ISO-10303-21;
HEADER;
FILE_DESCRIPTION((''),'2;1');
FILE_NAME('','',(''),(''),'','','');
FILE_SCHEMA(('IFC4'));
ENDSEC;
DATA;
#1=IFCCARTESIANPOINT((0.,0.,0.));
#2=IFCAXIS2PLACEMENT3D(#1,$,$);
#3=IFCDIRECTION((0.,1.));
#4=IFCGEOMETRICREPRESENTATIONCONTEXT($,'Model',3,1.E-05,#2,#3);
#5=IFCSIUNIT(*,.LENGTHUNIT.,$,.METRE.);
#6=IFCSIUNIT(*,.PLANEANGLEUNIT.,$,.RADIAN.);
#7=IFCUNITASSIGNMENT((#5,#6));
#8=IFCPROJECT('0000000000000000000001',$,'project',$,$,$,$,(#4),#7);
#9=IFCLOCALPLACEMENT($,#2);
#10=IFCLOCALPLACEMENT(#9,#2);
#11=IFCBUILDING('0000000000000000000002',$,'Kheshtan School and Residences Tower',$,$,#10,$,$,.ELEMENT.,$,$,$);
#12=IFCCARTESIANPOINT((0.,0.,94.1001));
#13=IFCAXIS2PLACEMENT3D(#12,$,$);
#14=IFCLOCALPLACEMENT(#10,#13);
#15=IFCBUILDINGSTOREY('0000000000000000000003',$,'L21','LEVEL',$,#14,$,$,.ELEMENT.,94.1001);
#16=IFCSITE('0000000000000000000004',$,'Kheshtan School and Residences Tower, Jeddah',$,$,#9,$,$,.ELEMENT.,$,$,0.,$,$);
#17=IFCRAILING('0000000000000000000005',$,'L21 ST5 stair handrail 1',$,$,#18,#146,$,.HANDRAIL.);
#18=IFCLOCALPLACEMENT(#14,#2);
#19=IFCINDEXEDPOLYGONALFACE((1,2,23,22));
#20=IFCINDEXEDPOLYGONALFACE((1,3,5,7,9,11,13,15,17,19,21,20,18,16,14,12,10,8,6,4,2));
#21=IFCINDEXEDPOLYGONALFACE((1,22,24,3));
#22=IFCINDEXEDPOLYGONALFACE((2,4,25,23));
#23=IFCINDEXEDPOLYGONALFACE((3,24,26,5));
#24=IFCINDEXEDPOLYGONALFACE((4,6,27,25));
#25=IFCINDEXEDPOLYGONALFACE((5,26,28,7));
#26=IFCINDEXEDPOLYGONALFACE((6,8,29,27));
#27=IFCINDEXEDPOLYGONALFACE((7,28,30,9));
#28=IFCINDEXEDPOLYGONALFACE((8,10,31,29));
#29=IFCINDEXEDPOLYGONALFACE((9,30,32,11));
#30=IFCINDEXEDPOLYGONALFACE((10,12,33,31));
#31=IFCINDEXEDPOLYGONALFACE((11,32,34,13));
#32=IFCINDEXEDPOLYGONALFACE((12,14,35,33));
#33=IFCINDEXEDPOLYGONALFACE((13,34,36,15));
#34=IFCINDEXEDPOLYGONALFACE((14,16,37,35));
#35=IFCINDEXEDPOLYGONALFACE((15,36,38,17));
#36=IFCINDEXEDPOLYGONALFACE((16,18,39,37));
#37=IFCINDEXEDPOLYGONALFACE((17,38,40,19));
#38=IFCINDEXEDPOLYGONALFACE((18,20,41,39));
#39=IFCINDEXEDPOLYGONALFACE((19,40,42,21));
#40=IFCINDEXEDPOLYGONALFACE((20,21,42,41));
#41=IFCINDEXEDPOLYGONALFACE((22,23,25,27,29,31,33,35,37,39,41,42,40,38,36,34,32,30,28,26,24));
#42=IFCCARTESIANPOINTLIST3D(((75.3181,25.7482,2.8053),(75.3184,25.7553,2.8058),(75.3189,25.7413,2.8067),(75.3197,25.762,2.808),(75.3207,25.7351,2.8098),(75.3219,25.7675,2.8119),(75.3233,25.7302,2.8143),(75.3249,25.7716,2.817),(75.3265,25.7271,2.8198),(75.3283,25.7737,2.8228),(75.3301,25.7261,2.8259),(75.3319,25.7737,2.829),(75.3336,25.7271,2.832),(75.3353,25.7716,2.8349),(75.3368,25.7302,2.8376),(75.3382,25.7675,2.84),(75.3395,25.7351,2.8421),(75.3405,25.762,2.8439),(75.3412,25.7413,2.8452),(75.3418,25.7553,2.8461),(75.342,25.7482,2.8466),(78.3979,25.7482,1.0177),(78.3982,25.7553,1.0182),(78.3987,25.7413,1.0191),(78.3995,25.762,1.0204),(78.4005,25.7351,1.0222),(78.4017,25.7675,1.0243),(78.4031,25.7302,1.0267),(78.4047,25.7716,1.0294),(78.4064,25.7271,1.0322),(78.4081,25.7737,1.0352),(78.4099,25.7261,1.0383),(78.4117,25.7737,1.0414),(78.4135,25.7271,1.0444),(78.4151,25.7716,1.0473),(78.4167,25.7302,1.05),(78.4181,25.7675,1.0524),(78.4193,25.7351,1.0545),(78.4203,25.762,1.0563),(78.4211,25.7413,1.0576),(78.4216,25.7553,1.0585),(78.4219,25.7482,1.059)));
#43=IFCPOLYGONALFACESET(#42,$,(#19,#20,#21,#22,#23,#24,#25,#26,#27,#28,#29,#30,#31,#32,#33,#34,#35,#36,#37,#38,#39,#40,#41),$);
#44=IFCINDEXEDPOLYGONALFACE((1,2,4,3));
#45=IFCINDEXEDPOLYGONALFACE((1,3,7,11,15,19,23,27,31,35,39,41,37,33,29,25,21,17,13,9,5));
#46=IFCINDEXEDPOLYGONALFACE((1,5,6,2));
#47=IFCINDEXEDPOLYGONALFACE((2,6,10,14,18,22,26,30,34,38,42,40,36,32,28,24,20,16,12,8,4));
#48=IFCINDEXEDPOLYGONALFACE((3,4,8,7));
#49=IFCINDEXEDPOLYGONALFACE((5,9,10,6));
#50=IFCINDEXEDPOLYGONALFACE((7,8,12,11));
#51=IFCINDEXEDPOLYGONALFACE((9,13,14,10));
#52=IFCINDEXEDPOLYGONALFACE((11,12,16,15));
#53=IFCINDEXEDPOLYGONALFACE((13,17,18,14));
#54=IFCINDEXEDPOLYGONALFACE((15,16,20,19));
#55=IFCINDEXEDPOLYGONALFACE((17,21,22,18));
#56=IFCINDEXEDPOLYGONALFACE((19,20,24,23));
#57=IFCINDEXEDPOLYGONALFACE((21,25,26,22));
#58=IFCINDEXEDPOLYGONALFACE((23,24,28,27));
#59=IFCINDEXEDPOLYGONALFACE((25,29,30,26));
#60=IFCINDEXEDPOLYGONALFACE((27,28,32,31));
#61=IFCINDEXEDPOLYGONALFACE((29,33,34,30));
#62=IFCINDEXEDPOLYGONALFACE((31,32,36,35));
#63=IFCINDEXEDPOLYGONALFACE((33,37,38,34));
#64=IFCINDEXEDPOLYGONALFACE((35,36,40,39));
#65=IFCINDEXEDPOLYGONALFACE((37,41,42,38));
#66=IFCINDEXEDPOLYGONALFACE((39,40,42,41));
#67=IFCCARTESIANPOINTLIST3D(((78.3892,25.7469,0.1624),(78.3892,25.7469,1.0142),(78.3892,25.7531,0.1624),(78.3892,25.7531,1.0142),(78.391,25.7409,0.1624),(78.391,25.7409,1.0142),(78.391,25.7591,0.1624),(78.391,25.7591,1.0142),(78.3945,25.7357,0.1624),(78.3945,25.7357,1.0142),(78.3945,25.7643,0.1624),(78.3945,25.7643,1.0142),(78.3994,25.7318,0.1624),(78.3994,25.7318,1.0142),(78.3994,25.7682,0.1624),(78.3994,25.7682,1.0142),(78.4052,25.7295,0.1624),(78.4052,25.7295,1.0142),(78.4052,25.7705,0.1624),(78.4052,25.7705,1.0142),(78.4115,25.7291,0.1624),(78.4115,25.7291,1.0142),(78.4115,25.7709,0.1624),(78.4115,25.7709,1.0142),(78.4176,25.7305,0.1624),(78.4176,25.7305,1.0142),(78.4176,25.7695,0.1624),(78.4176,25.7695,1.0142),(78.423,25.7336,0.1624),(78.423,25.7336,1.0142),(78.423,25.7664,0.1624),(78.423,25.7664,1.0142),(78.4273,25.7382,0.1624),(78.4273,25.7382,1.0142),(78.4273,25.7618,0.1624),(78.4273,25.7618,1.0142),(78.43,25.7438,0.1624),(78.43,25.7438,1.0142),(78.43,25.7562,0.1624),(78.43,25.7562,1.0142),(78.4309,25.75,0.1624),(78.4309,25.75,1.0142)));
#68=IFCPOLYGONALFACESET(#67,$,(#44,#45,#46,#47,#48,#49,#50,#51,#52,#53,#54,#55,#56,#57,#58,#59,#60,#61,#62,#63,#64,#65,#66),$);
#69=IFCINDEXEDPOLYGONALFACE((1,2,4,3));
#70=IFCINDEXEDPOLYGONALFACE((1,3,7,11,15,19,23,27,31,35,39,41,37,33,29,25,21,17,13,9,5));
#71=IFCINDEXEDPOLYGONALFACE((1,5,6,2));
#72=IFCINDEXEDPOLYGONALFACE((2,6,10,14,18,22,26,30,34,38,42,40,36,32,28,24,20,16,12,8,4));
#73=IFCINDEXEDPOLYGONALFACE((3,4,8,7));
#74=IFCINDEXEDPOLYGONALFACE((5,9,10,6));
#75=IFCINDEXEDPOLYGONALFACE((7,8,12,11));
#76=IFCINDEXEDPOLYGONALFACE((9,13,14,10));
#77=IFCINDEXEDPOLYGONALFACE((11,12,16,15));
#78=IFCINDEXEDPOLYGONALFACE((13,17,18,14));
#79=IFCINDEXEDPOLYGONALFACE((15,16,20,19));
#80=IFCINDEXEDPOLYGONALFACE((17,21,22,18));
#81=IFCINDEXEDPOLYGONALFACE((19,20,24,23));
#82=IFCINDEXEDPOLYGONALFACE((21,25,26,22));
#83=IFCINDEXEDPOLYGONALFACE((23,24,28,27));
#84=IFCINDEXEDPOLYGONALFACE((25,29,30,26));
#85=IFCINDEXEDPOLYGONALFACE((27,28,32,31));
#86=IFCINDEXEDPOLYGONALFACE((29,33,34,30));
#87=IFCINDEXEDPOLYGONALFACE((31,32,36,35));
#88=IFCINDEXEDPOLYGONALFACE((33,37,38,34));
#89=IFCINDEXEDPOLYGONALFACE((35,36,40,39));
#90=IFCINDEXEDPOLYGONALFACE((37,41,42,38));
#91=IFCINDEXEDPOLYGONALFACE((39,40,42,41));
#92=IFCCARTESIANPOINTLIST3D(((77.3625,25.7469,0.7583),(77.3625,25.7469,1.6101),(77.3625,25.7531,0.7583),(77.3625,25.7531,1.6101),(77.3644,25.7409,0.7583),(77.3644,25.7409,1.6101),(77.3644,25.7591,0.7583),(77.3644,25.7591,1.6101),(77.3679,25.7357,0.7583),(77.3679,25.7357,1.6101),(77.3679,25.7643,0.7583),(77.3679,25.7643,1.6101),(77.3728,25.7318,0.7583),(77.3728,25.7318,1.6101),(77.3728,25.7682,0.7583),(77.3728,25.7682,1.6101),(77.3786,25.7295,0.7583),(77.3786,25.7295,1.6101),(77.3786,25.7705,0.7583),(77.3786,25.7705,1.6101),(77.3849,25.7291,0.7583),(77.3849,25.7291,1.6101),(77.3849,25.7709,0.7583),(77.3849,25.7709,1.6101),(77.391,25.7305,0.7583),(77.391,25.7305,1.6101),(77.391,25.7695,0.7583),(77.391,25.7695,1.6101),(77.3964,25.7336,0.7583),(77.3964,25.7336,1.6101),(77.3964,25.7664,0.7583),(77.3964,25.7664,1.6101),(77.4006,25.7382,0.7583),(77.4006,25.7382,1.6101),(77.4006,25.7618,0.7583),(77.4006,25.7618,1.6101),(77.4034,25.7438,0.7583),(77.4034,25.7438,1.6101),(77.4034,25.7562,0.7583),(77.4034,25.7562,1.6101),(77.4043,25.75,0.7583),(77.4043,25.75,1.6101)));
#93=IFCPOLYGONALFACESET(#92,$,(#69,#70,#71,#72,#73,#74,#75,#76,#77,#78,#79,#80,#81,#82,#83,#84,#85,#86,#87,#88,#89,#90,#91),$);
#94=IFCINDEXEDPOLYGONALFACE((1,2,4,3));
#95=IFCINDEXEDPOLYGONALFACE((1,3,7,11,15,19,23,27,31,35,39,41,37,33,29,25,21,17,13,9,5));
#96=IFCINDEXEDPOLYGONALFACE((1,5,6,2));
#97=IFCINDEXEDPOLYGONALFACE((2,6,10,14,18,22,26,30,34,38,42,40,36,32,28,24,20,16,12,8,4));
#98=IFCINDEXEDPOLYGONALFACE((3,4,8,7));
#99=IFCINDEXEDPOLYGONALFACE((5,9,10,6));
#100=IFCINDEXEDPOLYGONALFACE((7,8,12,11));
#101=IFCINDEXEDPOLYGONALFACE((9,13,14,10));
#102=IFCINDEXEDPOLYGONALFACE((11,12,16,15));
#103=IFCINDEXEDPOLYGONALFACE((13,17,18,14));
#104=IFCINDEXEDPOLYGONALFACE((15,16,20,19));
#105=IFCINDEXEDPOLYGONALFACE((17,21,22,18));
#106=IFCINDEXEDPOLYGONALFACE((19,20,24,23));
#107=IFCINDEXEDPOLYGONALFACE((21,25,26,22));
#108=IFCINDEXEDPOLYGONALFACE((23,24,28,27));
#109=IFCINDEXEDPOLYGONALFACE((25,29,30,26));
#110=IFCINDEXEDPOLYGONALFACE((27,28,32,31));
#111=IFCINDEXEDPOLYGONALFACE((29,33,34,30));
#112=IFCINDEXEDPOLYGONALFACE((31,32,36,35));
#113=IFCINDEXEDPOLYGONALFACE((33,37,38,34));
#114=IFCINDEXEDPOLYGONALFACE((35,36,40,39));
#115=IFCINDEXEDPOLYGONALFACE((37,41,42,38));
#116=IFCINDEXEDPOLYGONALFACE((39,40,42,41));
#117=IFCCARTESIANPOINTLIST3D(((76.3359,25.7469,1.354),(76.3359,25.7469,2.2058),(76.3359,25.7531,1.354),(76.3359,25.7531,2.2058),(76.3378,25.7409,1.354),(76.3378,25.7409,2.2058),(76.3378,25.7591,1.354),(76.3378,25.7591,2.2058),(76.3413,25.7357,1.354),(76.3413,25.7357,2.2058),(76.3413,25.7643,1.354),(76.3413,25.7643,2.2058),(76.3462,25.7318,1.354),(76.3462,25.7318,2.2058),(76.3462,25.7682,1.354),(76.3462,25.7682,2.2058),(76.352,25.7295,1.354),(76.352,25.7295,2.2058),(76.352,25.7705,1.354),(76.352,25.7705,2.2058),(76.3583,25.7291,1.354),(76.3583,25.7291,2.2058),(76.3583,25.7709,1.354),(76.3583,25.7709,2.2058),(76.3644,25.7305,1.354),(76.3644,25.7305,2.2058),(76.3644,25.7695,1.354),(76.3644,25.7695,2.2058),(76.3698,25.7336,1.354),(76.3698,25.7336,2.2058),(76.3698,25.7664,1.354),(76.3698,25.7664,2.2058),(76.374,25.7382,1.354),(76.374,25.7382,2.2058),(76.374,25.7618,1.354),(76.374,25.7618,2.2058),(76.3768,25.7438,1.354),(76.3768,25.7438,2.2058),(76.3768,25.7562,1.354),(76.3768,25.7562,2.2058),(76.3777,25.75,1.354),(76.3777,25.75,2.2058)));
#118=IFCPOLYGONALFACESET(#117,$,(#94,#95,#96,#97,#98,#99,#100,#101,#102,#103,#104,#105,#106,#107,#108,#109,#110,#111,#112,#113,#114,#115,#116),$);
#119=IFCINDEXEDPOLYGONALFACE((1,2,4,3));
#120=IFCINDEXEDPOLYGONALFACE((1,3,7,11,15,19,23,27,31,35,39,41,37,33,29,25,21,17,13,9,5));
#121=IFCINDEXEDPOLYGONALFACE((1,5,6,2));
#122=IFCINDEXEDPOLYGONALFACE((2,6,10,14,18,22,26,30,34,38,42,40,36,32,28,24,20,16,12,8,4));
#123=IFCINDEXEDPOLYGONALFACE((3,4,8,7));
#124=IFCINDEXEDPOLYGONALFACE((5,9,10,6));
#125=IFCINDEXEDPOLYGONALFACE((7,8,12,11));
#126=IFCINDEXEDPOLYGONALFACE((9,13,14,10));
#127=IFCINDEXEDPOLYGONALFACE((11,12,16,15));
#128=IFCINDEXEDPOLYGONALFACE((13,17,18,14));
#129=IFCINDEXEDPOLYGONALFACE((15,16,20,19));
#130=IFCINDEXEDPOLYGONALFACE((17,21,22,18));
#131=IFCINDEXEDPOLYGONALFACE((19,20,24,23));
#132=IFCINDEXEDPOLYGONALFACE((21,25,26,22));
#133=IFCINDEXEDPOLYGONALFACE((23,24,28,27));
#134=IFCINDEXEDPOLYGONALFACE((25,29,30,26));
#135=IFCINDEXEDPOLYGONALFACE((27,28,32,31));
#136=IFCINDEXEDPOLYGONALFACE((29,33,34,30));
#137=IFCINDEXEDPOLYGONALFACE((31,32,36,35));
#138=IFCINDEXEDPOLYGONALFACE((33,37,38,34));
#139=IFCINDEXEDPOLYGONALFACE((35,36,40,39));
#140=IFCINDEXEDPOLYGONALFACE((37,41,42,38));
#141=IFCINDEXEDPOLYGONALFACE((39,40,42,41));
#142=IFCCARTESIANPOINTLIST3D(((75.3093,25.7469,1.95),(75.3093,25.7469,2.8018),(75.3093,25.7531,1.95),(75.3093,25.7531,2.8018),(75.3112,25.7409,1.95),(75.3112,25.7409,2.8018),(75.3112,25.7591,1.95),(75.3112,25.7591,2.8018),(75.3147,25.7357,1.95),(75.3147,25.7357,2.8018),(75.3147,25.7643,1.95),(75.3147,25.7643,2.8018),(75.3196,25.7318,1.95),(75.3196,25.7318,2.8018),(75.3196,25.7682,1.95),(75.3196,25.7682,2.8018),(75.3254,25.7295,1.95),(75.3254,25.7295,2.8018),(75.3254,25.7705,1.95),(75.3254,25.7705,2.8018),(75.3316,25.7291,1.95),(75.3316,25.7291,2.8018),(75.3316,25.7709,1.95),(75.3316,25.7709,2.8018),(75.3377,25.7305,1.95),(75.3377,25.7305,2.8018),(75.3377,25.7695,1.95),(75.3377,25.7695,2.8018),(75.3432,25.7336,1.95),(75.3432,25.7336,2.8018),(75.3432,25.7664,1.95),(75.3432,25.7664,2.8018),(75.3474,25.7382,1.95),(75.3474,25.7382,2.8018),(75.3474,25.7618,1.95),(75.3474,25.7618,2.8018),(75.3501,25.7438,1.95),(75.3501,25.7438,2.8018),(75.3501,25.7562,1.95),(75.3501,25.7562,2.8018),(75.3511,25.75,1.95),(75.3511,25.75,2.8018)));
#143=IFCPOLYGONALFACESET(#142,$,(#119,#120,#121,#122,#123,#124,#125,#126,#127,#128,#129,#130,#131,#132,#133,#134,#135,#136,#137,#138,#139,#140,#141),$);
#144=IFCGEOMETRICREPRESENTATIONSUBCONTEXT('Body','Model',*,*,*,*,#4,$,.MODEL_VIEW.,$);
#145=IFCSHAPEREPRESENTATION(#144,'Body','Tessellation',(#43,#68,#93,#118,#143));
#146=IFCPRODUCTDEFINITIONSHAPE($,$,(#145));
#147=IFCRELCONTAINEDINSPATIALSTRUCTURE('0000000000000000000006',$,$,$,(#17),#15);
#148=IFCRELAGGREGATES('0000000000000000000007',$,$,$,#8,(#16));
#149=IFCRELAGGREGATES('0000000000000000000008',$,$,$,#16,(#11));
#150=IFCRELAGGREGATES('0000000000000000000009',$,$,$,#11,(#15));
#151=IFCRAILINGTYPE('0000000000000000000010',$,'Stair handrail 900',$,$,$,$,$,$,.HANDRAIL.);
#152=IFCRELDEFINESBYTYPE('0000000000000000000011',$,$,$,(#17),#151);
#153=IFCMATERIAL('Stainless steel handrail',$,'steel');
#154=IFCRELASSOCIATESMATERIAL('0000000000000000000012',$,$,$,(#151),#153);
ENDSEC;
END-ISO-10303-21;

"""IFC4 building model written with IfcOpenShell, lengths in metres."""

from ifc_helpers import new_model, si_unit, direction, frame, origin, origin_2d, place, context, subcontext, project, spatial, circle, extrude, material, type_object, element, save


model = new_model("IFC4")

# Units and contexts
model_context = context("Model", 3, precision=1e-05, world=origin(), true_north=direction((0.0, 1.0)))
body_context = subcontext(model_context, "Body", "Model", "MODEL_VIEW")
ifc_project = project(units=[si_unit("LENGTHUNIT", "METRE"), si_unit("PLANEANGLEUNIT", "RADIAN")], contexts=[model_context])

# Site, building, storey
site_placement = place(None, origin())
site = spatial("IfcSite", under=ifc_project, at=site_placement, Name="Kheshtan School and Residences Tower, Jeddah", CompositionType="ELEMENT", RefElevation=0.0)
building_placement = place(site_placement, origin())
building = spatial("IfcBuilding", under=site, at=building_placement, Name="Kheshtan School and Residences Tower", CompositionType="ELEMENT")
storey_placement = place(building_placement, frame((0.0, 0.0, 94.1001)))
storey = spatial("IfcBuildingStorey", under=building, at=storey_placement, Name="L21", Description="LEVEL", CompositionType="ELEMENT", Elevation=94.1001)

# Railing
ifc_material_1 = material(Name="Stainless steel handrail", Category="steel")
railing_type_1 = type_object("IfcRailingType", Name="Stair handrail 900", PredefinedType="HANDRAIL", material=ifc_material_1)
railing_1_placement = place(storey_placement, frame((78.4099, 25.75, 0.1624)))
element("IfcRailing", 1, at=railing_1_placement, inside=storey, type_object=railing_type_1, Name="L21 ST5 stair handrail 1", PredefinedType="HANDRAIL", context=body_context, shape_type="SweptSolid", body=[
    extrude(circle(Radius=0.0239, at=origin_2d()), frame((0.0, 0.0, 0.876), z_axis=(-0.864873, 0.0, 0.50199), x_axis=(0.0, -1.0, 0.0)), (0.0, 0.0, 1.0), 3.561),
    extrude(circle(Radius=0.021, at=origin_2d()), origin(), (0.0, 0.0, 1.0), 0.8518),
    extrude(circle(Radius=0.021, at=origin_2d()), frame((-1.0266, 0.0, 0.5959)), (0.0, 0.0, 1.0), 0.8518),
    extrude(circle(Radius=0.021, at=origin_2d()), frame((-2.0532, 0.0, 1.1917)), (0.0, 0.0, 1.0), 0.8518),
    extrude(circle(Radius=0.021, at=origin_2d()), frame((-3.0798, 0.0, 1.7876)), (0.0, 0.0, 1.0), 0.8518),
])

save(model, "model.ifc")
